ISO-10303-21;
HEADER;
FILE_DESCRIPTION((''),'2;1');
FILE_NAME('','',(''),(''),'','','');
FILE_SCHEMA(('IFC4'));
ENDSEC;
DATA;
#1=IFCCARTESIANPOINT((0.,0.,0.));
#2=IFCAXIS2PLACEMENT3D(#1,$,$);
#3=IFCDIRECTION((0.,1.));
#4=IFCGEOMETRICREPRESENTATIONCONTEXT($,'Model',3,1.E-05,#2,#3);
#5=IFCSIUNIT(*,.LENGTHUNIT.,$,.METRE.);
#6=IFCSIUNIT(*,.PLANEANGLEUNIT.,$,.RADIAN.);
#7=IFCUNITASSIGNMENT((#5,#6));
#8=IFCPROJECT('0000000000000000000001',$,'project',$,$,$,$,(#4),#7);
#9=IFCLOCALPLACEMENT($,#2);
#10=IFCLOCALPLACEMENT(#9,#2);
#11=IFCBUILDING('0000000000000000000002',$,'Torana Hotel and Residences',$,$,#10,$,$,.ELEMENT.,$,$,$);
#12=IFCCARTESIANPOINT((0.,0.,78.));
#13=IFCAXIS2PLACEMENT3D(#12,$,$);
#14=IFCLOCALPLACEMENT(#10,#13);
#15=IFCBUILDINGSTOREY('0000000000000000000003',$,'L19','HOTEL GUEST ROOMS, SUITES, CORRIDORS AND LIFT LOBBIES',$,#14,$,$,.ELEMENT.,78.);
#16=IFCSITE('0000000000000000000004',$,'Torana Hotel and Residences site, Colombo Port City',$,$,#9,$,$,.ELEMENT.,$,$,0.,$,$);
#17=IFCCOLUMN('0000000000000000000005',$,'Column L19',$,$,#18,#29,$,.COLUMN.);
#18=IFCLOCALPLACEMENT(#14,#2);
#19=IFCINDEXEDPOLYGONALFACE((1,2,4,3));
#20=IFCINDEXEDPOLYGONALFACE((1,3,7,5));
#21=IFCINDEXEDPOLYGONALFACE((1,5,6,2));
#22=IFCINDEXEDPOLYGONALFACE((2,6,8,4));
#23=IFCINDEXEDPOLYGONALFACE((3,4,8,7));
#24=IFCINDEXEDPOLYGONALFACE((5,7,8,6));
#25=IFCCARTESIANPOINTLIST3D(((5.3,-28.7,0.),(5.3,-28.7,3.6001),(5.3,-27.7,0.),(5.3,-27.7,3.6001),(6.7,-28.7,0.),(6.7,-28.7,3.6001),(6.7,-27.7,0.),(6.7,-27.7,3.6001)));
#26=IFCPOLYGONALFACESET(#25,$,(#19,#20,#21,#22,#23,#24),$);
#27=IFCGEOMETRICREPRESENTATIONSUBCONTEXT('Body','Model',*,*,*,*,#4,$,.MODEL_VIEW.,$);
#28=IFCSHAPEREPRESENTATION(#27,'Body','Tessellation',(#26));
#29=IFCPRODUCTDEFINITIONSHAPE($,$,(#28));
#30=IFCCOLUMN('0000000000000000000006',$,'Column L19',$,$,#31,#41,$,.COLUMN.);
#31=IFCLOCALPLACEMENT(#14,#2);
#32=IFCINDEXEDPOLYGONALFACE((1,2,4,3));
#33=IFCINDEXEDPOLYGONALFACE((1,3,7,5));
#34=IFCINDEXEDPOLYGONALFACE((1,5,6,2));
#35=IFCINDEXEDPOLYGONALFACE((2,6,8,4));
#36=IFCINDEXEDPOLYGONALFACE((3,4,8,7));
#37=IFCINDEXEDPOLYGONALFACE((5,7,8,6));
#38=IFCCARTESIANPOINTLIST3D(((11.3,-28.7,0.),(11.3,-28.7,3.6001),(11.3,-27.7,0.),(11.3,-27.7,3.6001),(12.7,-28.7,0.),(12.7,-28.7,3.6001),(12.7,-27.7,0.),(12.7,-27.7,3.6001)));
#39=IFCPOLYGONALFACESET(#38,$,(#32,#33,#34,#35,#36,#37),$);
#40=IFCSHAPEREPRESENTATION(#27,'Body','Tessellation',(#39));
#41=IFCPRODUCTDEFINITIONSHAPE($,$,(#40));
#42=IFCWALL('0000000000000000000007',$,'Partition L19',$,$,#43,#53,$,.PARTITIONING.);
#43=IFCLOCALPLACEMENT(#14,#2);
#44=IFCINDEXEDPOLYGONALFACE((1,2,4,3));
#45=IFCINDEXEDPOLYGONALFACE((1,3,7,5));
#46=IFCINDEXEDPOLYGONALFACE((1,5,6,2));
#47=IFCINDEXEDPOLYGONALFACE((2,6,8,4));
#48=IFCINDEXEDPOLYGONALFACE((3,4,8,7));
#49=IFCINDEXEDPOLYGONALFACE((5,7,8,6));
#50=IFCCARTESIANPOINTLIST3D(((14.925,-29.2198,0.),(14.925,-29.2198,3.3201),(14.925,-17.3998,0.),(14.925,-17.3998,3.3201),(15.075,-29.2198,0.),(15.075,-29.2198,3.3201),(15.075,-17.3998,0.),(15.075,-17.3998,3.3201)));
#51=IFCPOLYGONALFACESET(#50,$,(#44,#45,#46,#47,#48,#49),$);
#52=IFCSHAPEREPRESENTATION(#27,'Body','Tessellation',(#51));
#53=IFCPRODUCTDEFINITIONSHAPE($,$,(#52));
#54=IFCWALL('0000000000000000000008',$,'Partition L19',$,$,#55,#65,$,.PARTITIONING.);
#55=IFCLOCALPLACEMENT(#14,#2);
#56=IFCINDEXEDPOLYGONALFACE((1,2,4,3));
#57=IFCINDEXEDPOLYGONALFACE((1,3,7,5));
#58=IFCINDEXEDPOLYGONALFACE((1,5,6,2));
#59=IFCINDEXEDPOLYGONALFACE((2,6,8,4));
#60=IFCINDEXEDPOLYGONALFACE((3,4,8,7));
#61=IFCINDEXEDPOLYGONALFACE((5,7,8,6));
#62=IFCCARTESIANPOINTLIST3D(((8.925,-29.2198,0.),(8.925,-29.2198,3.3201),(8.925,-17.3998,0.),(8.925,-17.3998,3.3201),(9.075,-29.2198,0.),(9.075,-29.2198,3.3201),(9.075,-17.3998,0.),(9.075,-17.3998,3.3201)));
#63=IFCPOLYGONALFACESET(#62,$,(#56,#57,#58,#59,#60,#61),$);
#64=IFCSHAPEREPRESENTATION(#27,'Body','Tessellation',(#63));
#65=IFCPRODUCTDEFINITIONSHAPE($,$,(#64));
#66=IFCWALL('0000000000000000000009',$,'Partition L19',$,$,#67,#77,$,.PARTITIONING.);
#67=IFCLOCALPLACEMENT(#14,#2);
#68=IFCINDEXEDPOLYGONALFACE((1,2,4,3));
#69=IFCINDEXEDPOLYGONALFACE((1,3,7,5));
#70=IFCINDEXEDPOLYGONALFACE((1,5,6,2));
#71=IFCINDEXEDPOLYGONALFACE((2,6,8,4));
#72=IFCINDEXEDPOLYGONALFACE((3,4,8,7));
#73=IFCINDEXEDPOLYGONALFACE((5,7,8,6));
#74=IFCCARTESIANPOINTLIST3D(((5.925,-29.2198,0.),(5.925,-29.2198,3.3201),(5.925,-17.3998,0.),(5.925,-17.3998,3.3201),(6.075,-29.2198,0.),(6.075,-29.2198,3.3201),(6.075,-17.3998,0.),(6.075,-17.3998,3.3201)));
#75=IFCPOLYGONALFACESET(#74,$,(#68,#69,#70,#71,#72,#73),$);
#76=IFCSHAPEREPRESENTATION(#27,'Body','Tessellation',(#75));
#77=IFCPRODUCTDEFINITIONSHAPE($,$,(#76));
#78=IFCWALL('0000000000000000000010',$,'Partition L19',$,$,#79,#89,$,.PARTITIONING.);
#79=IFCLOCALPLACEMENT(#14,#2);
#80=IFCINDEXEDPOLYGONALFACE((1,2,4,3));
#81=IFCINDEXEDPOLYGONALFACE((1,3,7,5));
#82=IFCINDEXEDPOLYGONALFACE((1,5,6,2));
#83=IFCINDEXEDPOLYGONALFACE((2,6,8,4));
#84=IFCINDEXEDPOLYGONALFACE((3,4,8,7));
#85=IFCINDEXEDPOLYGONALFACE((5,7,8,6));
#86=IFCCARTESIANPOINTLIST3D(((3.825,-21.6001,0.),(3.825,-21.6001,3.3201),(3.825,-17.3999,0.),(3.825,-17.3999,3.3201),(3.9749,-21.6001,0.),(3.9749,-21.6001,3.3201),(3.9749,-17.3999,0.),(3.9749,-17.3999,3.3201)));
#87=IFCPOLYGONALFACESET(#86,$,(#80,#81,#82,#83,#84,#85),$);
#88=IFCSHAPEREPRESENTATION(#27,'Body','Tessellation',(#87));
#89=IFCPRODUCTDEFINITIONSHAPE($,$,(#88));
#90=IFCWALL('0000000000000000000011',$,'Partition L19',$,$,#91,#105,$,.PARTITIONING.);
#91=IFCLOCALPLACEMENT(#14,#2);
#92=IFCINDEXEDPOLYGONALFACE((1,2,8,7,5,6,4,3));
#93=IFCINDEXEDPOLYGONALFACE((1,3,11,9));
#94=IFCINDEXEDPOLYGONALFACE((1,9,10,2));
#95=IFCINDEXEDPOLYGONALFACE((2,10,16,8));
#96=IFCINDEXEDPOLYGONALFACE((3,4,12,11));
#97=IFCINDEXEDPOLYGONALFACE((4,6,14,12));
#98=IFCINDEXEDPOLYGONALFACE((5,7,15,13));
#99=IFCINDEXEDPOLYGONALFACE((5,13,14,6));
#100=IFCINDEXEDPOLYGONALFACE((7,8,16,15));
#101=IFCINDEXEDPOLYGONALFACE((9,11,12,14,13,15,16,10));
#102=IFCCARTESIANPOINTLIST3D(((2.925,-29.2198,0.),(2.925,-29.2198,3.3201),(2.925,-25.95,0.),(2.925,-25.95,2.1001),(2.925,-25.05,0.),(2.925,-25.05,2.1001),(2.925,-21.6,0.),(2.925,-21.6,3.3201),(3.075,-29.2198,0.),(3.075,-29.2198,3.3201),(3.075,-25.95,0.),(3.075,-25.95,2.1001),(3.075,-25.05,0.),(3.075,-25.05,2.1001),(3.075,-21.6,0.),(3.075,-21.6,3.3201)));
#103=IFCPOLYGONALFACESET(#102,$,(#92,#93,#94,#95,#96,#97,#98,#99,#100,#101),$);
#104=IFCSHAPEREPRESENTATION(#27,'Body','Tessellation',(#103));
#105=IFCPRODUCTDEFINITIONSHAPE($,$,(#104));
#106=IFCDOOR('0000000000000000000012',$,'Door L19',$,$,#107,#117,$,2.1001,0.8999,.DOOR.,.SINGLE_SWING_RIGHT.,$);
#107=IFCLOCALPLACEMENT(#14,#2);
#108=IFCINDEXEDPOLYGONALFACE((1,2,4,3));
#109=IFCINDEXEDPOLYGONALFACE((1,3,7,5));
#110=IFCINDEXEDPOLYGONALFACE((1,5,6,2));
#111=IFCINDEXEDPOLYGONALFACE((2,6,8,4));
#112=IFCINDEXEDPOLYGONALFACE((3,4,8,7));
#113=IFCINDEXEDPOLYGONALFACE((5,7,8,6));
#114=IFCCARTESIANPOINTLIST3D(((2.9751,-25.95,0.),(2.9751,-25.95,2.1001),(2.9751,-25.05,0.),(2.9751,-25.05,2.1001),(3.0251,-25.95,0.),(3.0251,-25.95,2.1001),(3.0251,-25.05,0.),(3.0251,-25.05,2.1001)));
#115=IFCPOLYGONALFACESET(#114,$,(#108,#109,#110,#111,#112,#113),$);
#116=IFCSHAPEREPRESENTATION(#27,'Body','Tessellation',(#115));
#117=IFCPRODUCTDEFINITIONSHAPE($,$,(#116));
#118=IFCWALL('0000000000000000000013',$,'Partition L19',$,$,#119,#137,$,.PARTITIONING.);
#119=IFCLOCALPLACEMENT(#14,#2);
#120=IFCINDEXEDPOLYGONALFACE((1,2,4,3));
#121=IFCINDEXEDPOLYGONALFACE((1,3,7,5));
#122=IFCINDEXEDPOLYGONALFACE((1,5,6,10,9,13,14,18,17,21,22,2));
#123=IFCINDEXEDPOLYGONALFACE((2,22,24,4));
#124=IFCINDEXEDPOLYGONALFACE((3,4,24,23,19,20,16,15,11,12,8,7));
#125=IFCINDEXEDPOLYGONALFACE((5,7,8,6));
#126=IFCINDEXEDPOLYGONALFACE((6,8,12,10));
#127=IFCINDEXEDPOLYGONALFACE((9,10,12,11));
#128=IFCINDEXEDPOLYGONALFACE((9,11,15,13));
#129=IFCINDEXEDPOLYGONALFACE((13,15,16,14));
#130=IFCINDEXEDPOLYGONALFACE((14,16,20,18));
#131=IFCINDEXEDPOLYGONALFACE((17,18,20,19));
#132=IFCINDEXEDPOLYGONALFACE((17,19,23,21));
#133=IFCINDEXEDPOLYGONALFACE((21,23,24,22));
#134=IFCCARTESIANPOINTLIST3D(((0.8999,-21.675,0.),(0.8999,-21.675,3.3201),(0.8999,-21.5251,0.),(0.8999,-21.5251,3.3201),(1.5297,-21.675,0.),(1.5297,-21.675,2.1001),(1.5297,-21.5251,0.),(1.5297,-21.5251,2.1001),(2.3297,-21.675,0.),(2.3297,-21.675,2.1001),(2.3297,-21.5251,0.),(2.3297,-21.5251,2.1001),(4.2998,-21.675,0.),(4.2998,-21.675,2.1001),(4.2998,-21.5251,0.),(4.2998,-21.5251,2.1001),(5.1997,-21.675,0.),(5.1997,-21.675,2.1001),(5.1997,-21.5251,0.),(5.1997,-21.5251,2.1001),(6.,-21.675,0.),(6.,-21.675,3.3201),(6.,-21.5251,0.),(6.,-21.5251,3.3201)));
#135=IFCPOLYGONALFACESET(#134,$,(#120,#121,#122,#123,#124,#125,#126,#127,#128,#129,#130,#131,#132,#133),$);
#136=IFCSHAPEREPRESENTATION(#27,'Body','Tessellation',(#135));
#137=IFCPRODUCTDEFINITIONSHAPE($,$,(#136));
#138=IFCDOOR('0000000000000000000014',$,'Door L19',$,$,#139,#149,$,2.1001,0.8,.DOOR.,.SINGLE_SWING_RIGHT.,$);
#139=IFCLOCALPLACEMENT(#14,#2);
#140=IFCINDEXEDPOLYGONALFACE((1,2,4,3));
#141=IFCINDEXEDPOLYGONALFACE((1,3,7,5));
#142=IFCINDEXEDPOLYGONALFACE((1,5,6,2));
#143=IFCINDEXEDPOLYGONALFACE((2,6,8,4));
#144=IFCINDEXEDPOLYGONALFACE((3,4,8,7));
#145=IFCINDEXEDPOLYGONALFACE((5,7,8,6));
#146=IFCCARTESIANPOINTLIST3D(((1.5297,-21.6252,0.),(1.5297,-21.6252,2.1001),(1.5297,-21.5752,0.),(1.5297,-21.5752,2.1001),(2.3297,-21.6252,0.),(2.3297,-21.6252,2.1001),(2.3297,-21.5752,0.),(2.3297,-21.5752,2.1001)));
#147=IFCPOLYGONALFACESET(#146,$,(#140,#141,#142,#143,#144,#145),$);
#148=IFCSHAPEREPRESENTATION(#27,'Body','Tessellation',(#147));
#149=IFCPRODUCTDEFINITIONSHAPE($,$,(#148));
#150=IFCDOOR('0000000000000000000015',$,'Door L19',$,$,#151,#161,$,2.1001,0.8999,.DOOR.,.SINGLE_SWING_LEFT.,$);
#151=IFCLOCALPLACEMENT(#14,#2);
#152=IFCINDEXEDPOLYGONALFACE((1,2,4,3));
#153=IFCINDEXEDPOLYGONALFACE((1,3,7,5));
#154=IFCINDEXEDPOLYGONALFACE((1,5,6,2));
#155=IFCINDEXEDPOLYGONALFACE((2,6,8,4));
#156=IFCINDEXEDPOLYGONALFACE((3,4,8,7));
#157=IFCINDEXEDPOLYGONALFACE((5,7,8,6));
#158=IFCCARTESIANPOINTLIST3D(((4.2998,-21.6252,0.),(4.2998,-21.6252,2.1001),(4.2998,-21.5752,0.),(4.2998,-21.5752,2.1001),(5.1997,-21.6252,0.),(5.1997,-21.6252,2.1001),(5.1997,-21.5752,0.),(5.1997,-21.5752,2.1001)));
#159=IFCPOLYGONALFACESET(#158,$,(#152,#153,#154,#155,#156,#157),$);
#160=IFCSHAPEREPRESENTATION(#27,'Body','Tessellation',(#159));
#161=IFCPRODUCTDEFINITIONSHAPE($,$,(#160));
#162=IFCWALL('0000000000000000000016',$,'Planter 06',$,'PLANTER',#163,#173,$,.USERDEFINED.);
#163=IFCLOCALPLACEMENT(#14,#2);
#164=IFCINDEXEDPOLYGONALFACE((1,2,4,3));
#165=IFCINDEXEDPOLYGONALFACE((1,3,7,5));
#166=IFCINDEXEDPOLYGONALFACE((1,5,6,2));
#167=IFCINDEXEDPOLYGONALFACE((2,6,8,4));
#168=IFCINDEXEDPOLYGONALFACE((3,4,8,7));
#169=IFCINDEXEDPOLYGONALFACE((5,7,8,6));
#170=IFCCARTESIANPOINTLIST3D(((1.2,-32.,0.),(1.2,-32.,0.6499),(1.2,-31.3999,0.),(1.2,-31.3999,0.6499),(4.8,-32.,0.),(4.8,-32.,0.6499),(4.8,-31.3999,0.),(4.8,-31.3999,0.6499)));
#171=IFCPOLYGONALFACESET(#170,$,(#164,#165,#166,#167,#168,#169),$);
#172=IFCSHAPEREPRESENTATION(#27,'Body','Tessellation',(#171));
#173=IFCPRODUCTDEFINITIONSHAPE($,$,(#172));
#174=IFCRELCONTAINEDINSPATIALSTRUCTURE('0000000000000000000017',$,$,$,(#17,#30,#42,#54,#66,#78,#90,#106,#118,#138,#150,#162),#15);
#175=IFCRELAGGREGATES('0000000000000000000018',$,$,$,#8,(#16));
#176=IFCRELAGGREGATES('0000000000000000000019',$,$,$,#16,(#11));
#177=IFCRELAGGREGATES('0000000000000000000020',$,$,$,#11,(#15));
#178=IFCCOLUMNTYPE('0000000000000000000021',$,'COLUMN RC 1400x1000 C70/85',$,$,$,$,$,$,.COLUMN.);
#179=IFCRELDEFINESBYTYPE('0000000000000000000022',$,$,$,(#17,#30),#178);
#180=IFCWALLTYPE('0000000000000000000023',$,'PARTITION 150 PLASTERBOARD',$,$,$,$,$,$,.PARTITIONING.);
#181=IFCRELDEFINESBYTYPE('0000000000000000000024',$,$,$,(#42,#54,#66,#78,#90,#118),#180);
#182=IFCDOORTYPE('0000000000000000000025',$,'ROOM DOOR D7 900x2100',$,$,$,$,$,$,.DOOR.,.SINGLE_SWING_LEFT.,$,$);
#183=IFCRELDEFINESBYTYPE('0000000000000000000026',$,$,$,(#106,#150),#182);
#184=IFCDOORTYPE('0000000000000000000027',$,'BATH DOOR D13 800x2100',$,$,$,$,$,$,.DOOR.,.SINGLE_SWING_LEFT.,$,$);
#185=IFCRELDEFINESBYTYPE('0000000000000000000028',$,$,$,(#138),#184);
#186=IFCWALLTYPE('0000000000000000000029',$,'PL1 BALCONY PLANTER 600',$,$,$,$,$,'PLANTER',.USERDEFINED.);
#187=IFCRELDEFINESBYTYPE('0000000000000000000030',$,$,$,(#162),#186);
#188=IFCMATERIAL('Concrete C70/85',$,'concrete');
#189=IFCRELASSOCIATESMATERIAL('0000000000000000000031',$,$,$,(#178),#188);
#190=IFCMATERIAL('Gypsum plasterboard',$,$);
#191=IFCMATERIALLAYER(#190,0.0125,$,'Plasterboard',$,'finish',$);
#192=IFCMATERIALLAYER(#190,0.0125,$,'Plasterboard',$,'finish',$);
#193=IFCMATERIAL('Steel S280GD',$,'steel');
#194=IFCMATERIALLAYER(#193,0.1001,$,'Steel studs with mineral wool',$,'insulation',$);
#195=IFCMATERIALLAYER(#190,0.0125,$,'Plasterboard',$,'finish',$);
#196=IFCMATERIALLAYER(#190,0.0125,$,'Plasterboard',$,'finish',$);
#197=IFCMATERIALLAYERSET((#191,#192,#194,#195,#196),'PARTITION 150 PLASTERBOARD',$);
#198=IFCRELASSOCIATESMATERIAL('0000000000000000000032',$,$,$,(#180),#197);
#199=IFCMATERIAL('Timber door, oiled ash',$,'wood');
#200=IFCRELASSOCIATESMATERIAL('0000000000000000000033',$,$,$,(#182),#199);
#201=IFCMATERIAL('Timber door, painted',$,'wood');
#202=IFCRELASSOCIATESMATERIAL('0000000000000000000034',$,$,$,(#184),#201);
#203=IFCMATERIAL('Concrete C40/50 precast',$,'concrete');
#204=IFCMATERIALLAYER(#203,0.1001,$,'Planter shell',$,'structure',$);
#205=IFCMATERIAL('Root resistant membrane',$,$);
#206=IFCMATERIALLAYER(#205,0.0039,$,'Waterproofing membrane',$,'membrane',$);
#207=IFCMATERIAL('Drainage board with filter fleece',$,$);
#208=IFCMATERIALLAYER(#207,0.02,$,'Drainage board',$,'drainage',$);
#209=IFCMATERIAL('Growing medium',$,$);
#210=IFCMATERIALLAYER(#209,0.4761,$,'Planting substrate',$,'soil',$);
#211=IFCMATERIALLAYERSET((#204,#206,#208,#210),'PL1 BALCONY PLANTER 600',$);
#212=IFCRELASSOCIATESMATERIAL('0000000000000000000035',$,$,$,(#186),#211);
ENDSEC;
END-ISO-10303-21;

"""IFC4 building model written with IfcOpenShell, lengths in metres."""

from ifc_helpers import new_model, si_unit, direction, frame, frame_2d, origin, origin_2d, place, context, subcontext, project, spatial, rectangle, extrude, material, layer, layer_set, material_profile, profile_set, type_object, element, fill, save


model = new_model("IFC4")

# Units and contexts
model_context = context("Model", 3, precision=1e-05, world=origin(), true_north=direction((0.0, 1.0)))
body_context = subcontext(model_context, "Body", "Model", "MODEL_VIEW")
ifc_project = project(units=[si_unit("LENGTHUNIT", "METRE"), si_unit("PLANEANGLEUNIT", "RADIAN")], contexts=[model_context])

# Site, building, storey
site_placement = place(None, origin())
site = spatial("IfcSite", under=ifc_project, at=site_placement, Name="Torana Hotel and Residences site, Colombo Port City", CompositionType="ELEMENT", RefElevation=0.0)
building_placement = place(site_placement, origin())
building = spatial("IfcBuilding", under=site, at=building_placement, Name="Torana Hotel and Residences", CompositionType="ELEMENT")
storey_placement = place(building_placement, frame((0.0, 0.0, 78.0)))
storey = spatial("IfcBuildingStorey", under=building, at=storey_placement, Name="L19", Description="HOTEL GUEST ROOMS, SUITES, CORRIDORS AND LIFT LOBBIES", CompositionType="ELEMENT", Elevation=78.0)

# Columns
ifc_material_1 = material(Name="Concrete C70/85", Category="concrete")
ifc_material_profile = material_profile(ifc_material_1, rectangle(XDim=1.3999, YDim=1.0, at=origin_2d()), Name="RC 1400x1000")
ifc_profile_set = profile_set([ifc_material_profile], Name="Concrete C70/85")
column_type = type_object("IfcColumnType", Name="COLUMN RC 1400x1000 C70/85", PredefinedType="COLUMN", material=ifc_profile_set)
for number, where, z_axis, x_axis, name in (
    (1, (6.0, -28.2, 0.0), (0.0, 0.0, 1.0), (1.0, 0.0, 0.0), "Column L19"),
    (2, (12.0, -28.2, 0.0), (0.0, 0.0, 1.0), (1.0, 0.0, 0.0), "Column L19"),
):
    element("IfcColumn", number, at=place(storey_placement, frame(where, z_axis=z_axis, x_axis=x_axis)), inside=storey, type_object=column_type, Name=name, PredefinedType="COLUMN", context=body_context, shape_type="SweptSolid", body=[
        extrude(rectangle(XDim=1.3999, YDim=1.0, at=origin_2d()), origin(), (0.0, 0.0, 1.0), 3.6001),
    ])

# Walls
ifc_material_2 = material(Name="Gypsum plasterboard")
ifc_layer_1 = layer(ifc_material_2, 0.0125, Name="Plasterboard", Category="finish")
ifc_layer_2 = layer(ifc_material_2, 0.0125, Name="Plasterboard", Category="finish")
ifc_material_3 = material(Name="Steel S280GD", Category="steel")
ifc_layer_3 = layer(ifc_material_3, 0.1001, Name="Steel studs with mineral wool", Category="insulation")
ifc_layer_4 = layer(ifc_material_2, 0.0125, Name="Plasterboard", Category="finish")
ifc_layer_5 = layer(ifc_material_2, 0.0125, Name="Plasterboard", Category="finish")
ifc_layer_set_1 = layer_set([ifc_layer_1, ifc_layer_2, ifc_layer_3, ifc_layer_4, ifc_layer_5], Name="PARTITION 150 PLASTERBOARD")
wall_type_1 = type_object("IfcWallType", Name="PARTITION 150 PLASTERBOARD", PredefinedType="PARTITIONING", material=ifc_layer_set_1)
for number, where, z_axis, x_axis, name in (
    (3, (15.0, -29.22, 0.0), (0.0, 0.0, 1.0), (0.0, 1.0, 0.0), "Partition L19"),
    (4, (9.0, -29.22, 0.0), (0.0, 0.0, 1.0), (0.0, 1.0, 0.0), "Partition L19"),
    (5, (6.0, -29.22, 0.0), (0.0, 0.0, 1.0), (0.0, 1.0, 0.0), "Partition L19"),
):
    element("IfcWall", number, at=place(storey_placement, frame(where, z_axis=z_axis, x_axis=x_axis)), inside=storey, type_object=wall_type_1, Name=name, PredefinedType="PARTITIONING", context=body_context, shape_type="SweptSolid", body=[
        extrude(rectangle(XDim=11.8201, YDim=0.1499, at=frame_2d((5.9102, 0.0))), origin(), (0.0, 0.0, 1.0), 3.3201),
    ])
wall_1_placement = place(storey_placement, frame((3.8999, -21.6001, 0.0), z_axis=(0.0, 0.0, 1.0), x_axis=(0.0, 1.0, 0.0)))
element("IfcWall", 6, at=wall_1_placement, inside=storey, type_object=wall_type_1, Name="Partition L19", PredefinedType="PARTITIONING", context=body_context, shape_type="SweptSolid", body=[
    extrude(rectangle(XDim=4.2002, YDim=0.1499, at=frame_2d((2.1001, 0.0))), origin(), (0.0, 0.0, 1.0), 3.3201),
])

# Wall, opening, door
wall_2_placement = place(storey_placement, frame((3.0, -29.22, 0.0), z_axis=(0.0, 0.0, 1.0), x_axis=(0.0, 1.0, 0.0)))
wall_2 = element("IfcWall", 7, at=wall_2_placement, inside=storey, type_object=wall_type_1, Name="Partition L19", PredefinedType="PARTITIONING", context=body_context, shape_type="SweptSolid", body=[
    extrude(rectangle(XDim=7.6199, YDim=0.1499, at=frame_2d((3.8101, 0.0))), origin(), (0.0, 0.0, 1.0), 3.3201),
])
opening_1_placement = place(wall_2_placement, frame((3.27, 0.0, 0.0)))
opening_1 = element("IfcOpeningElement", 8, at=opening_1_placement, cuts=wall_2, PredefinedType="OPENING", context=body_context, shape_type="SweptSolid", body=[
    extrude(rectangle(XDim=0.8999, YDim=2.1001, at=frame_2d((0.45, 1.05))), frame((0.0, 0.085, 0.0), z_axis=(0.0, -1.0, 0.0), x_axis=(1.0, 0.0, 0.0)), (0.0, 0.0, 1.0), 0.1699),
])
ifc_material_4 = material(Name="Timber door, oiled ash", Category="wood")
door_type_1 = type_object("IfcDoorType", Name="ROOM DOOR D7 900x2100", OperationType="SINGLE_SWING_LEFT", PredefinedType="DOOR", material=ifc_material_4)
door_1_placement = place(opening_1_placement, origin())
door_1 = element("IfcDoor", 9, at=door_1_placement, inside=storey, type_object=door_type_1, Name="Door L19", OperationType="SINGLE_SWING_RIGHT", OverallHeight=2.1001, OverallWidth=0.8999, PredefinedType="DOOR", context=body_context, shape_type="SweptSolid", body=[
    extrude(rectangle(XDim=0.8999, YDim=2.1001, at=frame_2d((0.45, 1.05))), frame((0.0, 0.0249, 0.0), z_axis=(0.0, -1.0, 0.0), x_axis=(1.0, 0.0, 0.0)), (0.0, 0.0, 1.0), 0.05),
])
fill(opening_1, door_1)

# Wall, openings, doors
wall_3_placement = place(storey_placement, frame((0.8999, -21.6001, 0.0), z_axis=(0.0, 0.0, 1.0), x_axis=(1.0, 0.0, 0.0)))
wall_3 = element("IfcWall", 10, at=wall_3_placement, inside=storey, type_object=wall_type_1, Name="Partition L19", PredefinedType="PARTITIONING", context=body_context, shape_type="SweptSolid", body=[
    extrude(rectangle(XDim=5.1001, YDim=0.1499, at=frame_2d((2.55, 0.0))), origin(), (0.0, 0.0, 1.0), 3.3201),
])
opening_2_placement = place(wall_3_placement, frame((0.6299, 0.0, 0.0)))
opening_2 = element("IfcOpeningElement", 11, at=opening_2_placement, cuts=wall_3, PredefinedType="OPENING", context=body_context, shape_type="SweptSolid", body=[
    extrude(rectangle(XDim=0.8, YDim=2.1001, at=frame_2d((0.3999, 1.05))), frame((0.0, 0.085, 0.0), z_axis=(0.0, -1.0, 0.0), x_axis=(1.0, 0.0, 0.0)), (0.0, 0.0, 1.0), 0.1699),
])
opening_3_placement = place(wall_3_placement, frame((3.3999, 0.0, 0.0)))
opening_3 = element("IfcOpeningElement", 12, at=opening_3_placement, cuts=wall_3, PredefinedType="OPENING", context=body_context, shape_type="SweptSolid", body=[
    extrude(rectangle(XDim=0.8999, YDim=2.1001, at=frame_2d((0.45, 1.05))), frame((0.0, 0.085, 0.0), z_axis=(0.0, -1.0, 0.0), x_axis=(1.0, 0.0, 0.0)), (0.0, 0.0, 1.0), 0.1699),
])
ifc_material_5 = material(Name="Timber door, painted", Category="wood")
door_type_2 = type_object("IfcDoorType", Name="BATH DOOR D13 800x2100", OperationType="SINGLE_SWING_LEFT", PredefinedType="DOOR", material=ifc_material_5)
door_2_placement = place(opening_2_placement, origin())
door_2 = element("IfcDoor", 13, at=door_2_placement, inside=storey, type_object=door_type_2, Name="Door L19", OperationType="SINGLE_SWING_RIGHT", OverallHeight=2.1001, OverallWidth=0.8, PredefinedType="DOOR", context=body_context, shape_type="SweptSolid", body=[
    extrude(rectangle(XDim=0.8, YDim=2.1001, at=frame_2d((0.3999, 1.05))), frame((0.0, 0.0249, 0.0), z_axis=(0.0, -1.0, 0.0), x_axis=(1.0, 0.0, 0.0)), (0.0, 0.0, 1.0), 0.05),
])
fill(opening_2, door_2)
door_3_placement = place(opening_3_placement, origin())
door_3 = element("IfcDoor", 14, at=door_3_placement, inside=storey, type_object=door_type_1, Name="Door L19", OperationType="SINGLE_SWING_LEFT", OverallHeight=2.1001, OverallWidth=0.8999, PredefinedType="DOOR", context=body_context, shape_type="SweptSolid", body=[
    extrude(rectangle(XDim=0.8999, YDim=2.1001, at=frame_2d((0.45, 1.05))), frame((0.0, 0.0249, 0.0), z_axis=(0.0, -1.0, 0.0), x_axis=(1.0, 0.0, 0.0)), (0.0, 0.0, 1.0), 0.05),
])
fill(opening_3, door_3)

# Wall
ifc_material_6 = material(Name="Concrete C40/50 precast", Category="concrete")
ifc_layer_6 = layer(ifc_material_6, 0.1001, Name="Planter shell", Category="structure")
ifc_material_7 = material(Name="Root resistant membrane")
ifc_layer_7 = layer(ifc_material_7, 0.0039, Name="Waterproofing membrane", Category="membrane")
ifc_material_8 = material(Name="Drainage board with filter fleece")
ifc_layer_8 = layer(ifc_material_8, 0.02, Name="Drainage board", Category="drainage")
ifc_material_9 = material(Name="Growing medium")
ifc_layer_9 = layer(ifc_material_9, 0.4761, Name="Planting substrate", Category="soil")
ifc_layer_set_2 = layer_set([ifc_layer_6, ifc_layer_7, ifc_layer_8, ifc_layer_9], Name="PL1 BALCONY PLANTER 600")
wall_type_2 = type_object("IfcWallType", Name="PL1 BALCONY PLANTER 600", ElementType="PLANTER", PredefinedType="USERDEFINED", material=ifc_layer_set_2)
for number, where, z_axis, x_axis, name in (
    (15, (4.8, -31.7, 0.0), (0.0, 0.0, 1.0), (-1.0, 0.0, 0.0), "Planter 06"),
):
    element("IfcWall", number, at=place(storey_placement, frame(where, z_axis=z_axis, x_axis=x_axis)), inside=storey, type_object=wall_type_2, Name=name, ObjectType="PLANTER", PredefinedType="USERDEFINED", context=body_context, shape_type="SweptSolid", body=[
        extrude(rectangle(XDim=3.6001, YDim=0.6001, at=frame_2d((1.8, 0.0))), origin(), (0.0, 0.0, 1.0), 0.6499),
    ])

save(model, "model.ifc")
